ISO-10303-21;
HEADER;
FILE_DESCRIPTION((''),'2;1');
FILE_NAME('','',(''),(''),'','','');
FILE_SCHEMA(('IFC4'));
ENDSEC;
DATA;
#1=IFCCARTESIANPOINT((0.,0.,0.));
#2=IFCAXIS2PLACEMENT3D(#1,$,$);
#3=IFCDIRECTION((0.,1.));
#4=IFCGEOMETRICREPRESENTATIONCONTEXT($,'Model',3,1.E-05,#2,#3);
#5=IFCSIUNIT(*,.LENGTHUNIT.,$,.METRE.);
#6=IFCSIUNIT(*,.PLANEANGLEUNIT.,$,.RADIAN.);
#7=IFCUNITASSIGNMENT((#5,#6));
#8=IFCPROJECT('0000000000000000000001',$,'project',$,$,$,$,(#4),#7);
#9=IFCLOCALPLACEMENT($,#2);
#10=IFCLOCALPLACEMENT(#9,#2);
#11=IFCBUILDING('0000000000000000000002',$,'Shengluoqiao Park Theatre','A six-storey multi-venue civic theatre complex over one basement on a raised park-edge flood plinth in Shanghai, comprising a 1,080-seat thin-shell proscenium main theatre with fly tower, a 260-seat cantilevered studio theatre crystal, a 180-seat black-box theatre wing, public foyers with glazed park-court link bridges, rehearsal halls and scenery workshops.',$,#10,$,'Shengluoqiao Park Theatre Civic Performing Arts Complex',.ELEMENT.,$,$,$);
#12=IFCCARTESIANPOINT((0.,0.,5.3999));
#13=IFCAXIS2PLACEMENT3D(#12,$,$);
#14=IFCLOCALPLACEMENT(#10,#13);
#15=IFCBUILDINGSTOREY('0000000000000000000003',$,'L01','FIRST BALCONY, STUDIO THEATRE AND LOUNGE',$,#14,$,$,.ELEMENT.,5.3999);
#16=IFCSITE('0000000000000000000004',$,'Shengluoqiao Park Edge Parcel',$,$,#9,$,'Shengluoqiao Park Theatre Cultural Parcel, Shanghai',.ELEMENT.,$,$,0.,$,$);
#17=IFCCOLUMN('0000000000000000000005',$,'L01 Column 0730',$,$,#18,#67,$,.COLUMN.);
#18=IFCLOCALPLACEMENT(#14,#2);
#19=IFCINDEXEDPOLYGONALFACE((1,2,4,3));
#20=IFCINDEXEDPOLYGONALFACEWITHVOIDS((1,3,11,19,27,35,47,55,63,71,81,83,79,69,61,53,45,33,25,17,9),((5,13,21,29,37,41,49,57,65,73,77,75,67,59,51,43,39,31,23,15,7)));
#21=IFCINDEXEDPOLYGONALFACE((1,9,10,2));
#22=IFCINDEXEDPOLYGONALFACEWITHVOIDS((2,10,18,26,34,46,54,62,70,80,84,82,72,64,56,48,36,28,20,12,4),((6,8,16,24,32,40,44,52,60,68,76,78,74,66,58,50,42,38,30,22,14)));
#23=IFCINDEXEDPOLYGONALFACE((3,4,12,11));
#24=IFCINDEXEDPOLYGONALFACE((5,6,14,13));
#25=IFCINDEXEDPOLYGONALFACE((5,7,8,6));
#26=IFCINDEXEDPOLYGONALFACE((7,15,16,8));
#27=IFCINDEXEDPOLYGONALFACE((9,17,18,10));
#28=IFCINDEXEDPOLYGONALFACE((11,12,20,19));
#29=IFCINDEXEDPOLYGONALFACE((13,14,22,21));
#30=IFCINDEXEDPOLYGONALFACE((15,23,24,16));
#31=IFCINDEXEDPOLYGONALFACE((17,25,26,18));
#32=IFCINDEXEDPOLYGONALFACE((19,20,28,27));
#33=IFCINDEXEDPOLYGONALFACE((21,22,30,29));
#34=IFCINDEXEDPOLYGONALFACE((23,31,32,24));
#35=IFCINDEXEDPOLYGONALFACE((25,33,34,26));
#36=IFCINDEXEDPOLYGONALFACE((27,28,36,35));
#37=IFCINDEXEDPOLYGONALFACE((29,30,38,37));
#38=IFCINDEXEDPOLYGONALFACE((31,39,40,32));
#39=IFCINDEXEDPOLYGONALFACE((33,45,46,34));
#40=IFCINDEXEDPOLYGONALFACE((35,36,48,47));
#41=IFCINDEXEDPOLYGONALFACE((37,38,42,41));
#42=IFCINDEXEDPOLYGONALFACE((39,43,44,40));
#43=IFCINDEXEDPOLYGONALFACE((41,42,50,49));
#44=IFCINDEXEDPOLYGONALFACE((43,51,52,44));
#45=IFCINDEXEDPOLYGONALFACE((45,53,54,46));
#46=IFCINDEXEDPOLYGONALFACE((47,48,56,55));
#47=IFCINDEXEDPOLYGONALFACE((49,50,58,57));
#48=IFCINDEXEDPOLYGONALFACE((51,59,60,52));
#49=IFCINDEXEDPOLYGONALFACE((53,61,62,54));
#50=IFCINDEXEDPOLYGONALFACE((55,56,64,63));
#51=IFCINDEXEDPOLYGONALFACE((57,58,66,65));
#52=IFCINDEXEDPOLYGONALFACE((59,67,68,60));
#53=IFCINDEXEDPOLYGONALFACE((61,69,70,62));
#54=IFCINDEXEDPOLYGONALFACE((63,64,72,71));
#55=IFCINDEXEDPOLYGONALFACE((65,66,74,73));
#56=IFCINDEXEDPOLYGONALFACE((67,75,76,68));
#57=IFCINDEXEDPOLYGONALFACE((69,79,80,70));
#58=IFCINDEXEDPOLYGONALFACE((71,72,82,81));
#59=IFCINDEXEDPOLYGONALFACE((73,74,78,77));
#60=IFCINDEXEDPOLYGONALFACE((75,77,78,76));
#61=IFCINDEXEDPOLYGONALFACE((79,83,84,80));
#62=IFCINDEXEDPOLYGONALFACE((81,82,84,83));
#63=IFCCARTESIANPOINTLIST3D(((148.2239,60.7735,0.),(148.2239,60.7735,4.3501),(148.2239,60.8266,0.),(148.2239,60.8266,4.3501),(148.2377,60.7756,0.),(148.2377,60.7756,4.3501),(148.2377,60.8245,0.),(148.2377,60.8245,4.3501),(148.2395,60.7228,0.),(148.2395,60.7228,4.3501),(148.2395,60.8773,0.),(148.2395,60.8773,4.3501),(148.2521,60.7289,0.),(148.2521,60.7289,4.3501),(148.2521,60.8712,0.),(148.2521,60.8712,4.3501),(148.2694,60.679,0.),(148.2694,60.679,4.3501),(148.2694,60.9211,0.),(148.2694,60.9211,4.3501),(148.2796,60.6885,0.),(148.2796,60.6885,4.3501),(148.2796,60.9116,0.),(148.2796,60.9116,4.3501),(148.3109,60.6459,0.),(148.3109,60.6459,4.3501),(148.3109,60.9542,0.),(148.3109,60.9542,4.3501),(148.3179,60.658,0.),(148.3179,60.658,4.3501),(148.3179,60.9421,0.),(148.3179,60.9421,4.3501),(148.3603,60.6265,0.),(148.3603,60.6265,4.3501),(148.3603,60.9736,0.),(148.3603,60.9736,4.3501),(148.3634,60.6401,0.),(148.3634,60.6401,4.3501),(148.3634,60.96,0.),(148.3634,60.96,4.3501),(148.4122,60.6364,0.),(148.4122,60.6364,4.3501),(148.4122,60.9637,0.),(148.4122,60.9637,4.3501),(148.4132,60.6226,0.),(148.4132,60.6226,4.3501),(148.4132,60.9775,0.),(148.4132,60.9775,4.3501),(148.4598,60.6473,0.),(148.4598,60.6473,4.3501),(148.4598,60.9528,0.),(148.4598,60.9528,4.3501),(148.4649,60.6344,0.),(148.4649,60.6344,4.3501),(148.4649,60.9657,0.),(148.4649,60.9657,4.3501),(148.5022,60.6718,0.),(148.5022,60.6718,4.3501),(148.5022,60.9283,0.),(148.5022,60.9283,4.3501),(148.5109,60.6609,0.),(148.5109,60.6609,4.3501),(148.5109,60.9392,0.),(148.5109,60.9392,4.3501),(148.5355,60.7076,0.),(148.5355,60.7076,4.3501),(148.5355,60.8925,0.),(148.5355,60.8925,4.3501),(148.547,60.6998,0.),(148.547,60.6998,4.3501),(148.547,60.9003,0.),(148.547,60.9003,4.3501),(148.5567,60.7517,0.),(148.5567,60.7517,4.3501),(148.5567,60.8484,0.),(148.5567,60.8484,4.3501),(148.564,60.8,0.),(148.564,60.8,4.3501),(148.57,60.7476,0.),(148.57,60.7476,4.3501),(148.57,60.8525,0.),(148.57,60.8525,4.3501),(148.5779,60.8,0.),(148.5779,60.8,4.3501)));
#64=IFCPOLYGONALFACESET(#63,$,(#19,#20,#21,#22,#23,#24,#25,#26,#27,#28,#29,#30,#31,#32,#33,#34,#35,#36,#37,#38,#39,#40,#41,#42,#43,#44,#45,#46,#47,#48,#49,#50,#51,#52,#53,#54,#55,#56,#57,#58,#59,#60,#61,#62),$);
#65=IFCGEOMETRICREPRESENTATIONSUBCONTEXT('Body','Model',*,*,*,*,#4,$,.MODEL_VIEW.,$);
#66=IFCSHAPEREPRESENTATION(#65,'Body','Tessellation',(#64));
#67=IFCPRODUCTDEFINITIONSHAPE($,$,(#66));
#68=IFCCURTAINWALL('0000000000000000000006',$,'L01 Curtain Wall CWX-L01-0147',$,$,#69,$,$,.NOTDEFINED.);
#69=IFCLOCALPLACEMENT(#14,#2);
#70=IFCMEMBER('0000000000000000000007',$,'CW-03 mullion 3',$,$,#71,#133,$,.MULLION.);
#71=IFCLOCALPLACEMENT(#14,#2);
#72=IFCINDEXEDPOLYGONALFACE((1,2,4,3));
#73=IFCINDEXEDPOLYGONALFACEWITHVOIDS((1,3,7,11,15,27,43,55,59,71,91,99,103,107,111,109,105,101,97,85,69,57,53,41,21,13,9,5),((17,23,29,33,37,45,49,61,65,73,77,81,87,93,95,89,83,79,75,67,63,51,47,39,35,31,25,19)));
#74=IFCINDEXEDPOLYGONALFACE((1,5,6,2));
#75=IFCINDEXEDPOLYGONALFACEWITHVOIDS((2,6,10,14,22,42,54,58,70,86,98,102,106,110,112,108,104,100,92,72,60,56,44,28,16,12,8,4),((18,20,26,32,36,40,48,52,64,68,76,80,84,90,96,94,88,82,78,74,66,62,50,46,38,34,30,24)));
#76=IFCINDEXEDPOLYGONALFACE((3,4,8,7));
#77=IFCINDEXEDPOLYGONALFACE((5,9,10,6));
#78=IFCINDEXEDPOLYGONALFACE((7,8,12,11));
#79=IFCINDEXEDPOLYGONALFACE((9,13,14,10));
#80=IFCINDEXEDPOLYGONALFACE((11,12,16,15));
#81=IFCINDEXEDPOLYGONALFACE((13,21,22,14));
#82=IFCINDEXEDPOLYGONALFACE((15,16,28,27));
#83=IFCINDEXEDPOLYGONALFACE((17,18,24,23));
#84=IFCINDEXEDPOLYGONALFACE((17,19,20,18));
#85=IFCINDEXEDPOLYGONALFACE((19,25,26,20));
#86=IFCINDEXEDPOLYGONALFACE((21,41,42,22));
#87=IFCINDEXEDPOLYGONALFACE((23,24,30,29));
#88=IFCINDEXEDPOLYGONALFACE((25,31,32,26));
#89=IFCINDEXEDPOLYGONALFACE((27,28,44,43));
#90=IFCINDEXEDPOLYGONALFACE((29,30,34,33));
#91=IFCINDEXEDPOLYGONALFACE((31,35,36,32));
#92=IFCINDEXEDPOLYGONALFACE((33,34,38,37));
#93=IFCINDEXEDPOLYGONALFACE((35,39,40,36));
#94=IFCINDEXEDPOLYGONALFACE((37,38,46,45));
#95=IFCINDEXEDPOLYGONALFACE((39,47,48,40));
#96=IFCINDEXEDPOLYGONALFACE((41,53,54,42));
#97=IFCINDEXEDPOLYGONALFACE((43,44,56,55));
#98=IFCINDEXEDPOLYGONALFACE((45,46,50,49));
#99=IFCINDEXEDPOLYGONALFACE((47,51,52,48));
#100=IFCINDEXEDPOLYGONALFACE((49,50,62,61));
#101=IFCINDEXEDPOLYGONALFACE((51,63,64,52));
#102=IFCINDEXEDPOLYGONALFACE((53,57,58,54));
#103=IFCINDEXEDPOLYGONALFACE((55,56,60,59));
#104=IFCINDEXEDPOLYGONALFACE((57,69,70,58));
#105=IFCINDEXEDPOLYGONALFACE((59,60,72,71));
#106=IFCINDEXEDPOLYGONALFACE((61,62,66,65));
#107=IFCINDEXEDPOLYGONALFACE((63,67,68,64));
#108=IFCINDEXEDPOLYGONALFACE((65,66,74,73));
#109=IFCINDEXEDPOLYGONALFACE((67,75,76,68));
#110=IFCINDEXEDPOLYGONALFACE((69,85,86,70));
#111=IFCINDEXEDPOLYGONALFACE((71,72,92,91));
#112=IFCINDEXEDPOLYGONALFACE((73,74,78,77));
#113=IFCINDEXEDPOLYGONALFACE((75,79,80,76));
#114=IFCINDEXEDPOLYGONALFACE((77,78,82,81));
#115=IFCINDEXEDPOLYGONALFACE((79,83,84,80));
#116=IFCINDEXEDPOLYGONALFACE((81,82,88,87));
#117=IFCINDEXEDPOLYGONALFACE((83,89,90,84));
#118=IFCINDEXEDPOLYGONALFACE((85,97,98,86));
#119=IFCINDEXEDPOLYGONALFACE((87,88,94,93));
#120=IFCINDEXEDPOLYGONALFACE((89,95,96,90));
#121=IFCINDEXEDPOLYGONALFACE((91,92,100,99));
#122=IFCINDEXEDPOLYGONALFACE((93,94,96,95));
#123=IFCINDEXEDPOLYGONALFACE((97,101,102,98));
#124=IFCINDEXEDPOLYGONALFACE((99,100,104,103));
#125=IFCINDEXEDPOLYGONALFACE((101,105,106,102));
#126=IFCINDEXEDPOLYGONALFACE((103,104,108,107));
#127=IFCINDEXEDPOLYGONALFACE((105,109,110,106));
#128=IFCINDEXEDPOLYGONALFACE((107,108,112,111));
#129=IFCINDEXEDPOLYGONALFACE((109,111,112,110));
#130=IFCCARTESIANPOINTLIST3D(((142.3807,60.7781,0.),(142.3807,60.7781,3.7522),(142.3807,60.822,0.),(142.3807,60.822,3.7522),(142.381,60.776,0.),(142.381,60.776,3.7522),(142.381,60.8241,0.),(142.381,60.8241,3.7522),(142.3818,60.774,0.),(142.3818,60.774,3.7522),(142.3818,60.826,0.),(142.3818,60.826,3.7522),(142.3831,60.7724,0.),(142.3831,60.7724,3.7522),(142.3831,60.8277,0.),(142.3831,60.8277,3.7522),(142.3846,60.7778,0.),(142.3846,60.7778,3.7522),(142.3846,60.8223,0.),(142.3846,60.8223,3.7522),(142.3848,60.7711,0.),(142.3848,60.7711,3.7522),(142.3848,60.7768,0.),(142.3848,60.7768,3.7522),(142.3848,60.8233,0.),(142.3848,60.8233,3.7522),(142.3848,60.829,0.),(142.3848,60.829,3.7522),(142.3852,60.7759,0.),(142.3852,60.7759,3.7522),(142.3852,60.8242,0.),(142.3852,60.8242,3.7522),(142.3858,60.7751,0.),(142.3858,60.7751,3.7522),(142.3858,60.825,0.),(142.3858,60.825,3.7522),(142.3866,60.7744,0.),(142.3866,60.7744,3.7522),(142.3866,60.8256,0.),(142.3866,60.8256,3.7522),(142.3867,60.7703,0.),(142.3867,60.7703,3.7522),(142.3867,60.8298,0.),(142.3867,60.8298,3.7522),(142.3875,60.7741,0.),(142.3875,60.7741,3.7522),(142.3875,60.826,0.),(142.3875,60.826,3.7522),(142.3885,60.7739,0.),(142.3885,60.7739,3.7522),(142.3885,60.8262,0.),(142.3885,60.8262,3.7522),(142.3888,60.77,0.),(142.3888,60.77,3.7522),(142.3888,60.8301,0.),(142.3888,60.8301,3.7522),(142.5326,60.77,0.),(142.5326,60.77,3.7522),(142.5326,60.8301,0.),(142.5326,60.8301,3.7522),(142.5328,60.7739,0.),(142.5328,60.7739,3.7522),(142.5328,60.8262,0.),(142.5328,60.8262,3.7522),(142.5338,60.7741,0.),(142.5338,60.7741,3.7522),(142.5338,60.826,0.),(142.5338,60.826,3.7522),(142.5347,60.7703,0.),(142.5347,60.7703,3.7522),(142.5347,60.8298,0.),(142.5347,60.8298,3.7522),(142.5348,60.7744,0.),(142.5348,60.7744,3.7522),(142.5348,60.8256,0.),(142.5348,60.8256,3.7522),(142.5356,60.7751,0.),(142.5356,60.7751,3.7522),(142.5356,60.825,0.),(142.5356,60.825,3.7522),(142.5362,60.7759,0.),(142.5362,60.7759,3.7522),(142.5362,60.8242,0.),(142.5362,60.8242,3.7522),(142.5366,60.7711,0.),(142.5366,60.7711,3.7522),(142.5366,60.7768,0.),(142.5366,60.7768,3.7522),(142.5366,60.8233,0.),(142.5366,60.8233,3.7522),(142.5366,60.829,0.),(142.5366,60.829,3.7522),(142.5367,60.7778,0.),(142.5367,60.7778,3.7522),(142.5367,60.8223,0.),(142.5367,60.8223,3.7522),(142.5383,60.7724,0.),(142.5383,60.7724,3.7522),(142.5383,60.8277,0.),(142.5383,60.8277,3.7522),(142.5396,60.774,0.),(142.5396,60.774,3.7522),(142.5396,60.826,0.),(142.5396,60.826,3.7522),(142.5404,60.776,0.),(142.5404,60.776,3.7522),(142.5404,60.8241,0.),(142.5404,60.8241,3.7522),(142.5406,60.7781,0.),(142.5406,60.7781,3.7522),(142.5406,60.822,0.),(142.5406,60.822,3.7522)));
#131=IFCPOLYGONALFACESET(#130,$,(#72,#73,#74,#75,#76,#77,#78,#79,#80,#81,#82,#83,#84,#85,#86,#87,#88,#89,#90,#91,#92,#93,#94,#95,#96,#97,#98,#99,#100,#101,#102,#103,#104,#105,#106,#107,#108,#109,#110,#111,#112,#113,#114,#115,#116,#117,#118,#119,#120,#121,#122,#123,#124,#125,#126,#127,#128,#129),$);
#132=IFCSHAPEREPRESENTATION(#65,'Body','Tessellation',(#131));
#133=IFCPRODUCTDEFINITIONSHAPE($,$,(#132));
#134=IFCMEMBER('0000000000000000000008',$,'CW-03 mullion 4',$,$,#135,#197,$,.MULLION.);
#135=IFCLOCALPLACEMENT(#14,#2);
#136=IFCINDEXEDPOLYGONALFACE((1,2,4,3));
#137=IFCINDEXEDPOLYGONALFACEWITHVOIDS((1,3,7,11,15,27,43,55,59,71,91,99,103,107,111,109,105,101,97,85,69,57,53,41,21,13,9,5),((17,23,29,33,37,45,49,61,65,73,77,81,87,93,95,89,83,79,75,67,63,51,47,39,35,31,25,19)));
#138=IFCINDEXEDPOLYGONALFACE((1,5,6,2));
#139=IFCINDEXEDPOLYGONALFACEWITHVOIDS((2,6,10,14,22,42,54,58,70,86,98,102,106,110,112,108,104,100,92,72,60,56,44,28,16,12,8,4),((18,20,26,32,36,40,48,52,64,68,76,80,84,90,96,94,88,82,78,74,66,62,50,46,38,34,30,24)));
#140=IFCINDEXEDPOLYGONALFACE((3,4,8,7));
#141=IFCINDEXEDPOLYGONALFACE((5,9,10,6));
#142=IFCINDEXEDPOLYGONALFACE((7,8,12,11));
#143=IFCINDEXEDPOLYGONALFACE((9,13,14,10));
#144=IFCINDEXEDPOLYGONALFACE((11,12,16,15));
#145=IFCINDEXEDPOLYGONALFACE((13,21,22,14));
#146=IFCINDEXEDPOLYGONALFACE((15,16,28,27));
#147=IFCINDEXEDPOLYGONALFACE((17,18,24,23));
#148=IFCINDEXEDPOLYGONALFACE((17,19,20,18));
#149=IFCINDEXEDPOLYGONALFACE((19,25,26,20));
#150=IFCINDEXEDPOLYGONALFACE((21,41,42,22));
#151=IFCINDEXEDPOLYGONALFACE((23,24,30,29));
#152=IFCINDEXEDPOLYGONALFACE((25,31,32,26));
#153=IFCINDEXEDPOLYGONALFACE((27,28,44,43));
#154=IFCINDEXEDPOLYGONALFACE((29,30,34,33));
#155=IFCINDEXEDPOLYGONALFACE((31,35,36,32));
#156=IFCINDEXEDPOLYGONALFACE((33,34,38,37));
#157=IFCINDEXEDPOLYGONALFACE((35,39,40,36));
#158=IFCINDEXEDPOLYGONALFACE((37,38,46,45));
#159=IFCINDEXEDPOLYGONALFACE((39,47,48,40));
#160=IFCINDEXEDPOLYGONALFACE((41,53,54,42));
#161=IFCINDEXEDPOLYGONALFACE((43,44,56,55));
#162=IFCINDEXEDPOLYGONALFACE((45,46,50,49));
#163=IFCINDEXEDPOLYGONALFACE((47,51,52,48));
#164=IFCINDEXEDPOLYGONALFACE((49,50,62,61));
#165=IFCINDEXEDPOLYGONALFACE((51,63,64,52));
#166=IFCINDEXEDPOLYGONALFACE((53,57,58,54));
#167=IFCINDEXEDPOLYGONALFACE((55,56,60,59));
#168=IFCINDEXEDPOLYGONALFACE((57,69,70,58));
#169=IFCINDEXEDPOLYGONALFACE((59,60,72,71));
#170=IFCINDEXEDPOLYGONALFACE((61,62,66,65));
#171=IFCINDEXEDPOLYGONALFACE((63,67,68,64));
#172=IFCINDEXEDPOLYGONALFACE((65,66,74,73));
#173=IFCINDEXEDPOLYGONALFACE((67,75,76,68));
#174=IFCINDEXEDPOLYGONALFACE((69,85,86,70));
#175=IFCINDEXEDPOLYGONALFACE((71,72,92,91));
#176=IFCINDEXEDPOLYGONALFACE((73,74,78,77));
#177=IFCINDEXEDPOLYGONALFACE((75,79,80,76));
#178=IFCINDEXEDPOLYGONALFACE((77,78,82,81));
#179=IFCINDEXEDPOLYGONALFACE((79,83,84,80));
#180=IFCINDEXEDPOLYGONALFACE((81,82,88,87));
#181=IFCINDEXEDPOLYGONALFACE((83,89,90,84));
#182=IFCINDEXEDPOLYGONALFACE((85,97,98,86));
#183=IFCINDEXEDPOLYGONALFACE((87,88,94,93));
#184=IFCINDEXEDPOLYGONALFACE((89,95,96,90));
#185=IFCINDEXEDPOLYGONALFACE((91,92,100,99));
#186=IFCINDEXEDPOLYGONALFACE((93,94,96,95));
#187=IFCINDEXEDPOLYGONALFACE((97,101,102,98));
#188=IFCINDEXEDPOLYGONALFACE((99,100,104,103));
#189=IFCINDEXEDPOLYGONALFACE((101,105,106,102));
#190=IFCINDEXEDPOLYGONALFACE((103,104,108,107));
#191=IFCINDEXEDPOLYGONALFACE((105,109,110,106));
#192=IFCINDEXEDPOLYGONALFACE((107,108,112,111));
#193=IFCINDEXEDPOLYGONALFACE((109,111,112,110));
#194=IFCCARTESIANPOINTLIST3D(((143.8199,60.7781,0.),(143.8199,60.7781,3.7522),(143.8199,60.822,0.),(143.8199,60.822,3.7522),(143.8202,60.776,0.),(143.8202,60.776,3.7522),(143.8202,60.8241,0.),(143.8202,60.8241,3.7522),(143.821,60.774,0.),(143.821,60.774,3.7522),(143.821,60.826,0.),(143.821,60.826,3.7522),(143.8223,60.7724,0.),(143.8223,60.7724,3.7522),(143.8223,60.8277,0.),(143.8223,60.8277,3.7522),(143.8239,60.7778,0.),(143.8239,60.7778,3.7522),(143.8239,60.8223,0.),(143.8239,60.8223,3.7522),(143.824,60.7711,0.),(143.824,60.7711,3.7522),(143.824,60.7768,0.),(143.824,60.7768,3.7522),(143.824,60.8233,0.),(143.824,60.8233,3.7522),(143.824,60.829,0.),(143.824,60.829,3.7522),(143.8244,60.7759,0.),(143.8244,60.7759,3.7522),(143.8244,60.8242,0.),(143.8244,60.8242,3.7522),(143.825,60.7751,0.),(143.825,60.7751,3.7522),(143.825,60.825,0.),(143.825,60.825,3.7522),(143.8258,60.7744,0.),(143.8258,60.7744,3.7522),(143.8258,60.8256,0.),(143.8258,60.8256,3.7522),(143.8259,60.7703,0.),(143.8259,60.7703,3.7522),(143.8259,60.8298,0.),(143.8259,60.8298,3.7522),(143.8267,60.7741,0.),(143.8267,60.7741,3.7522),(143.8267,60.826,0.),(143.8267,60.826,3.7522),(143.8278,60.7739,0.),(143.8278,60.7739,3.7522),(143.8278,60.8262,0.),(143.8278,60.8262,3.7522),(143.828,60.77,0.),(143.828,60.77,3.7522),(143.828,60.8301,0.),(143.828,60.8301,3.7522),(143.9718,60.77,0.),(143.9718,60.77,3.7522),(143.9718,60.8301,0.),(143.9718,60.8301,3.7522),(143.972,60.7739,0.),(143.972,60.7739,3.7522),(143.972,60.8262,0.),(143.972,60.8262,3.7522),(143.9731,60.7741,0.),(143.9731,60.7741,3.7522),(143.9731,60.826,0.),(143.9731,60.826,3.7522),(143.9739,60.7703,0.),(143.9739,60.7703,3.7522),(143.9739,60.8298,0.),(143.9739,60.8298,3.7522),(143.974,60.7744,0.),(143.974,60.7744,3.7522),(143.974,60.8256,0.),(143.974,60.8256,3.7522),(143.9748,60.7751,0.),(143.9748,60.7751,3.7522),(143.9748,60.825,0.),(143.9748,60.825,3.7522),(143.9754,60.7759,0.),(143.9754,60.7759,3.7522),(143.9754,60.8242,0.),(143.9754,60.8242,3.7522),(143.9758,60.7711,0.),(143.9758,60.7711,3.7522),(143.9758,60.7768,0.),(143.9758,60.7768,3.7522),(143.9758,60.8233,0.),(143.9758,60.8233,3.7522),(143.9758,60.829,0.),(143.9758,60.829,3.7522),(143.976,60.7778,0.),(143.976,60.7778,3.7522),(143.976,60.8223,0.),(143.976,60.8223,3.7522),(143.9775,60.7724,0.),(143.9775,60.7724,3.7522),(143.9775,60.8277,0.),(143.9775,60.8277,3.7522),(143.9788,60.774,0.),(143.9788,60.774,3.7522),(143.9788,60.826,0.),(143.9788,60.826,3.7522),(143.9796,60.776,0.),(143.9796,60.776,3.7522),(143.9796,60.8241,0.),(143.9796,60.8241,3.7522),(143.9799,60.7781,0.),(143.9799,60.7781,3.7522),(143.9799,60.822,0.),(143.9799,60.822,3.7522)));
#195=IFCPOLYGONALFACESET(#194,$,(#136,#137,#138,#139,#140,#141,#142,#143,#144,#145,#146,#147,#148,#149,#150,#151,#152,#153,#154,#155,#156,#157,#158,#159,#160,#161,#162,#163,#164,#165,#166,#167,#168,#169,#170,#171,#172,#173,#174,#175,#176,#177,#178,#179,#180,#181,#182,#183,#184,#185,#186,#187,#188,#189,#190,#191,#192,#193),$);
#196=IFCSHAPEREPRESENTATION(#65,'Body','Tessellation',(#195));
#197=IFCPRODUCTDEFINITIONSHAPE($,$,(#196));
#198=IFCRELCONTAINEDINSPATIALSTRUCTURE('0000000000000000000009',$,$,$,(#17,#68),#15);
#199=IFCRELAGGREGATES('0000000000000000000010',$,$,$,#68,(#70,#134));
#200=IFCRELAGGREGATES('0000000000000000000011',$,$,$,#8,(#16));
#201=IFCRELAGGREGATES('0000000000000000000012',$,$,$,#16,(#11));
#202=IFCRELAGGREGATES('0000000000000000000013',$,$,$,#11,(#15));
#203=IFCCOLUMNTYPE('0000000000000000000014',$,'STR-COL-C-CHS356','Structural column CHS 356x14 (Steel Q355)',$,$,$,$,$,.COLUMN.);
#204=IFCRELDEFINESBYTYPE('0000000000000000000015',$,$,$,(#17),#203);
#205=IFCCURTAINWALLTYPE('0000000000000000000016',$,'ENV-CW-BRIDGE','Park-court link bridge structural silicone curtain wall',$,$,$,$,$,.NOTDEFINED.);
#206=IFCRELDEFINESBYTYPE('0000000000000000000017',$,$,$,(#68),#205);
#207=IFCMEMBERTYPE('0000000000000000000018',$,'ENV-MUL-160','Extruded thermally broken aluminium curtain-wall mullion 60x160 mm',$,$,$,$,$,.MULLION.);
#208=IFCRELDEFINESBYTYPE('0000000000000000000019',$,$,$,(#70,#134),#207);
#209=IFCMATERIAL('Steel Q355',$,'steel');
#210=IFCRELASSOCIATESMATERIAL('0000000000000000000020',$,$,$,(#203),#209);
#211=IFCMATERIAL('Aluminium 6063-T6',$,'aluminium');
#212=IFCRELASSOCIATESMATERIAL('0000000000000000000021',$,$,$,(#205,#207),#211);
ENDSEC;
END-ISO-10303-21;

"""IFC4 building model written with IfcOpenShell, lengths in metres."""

from ifc_helpers import new_model, si_unit, direction, frame, origin, origin_2d, place, context, subcontext, project, spatial, hollow_rectangle, hollow_circle, extrude, material, material_profile, profile_set, type_object, element, aggregate, save


model = new_model("IFC4")

# Units and contexts
model_context = context("Model", 3, precision=1e-05, world=origin(), true_north=direction((0.0, 1.0)))
body_context = subcontext(model_context, "Body", "Model", "MODEL_VIEW")
ifc_project = project(units=[si_unit("LENGTHUNIT", "METRE"), si_unit("PLANEANGLEUNIT", "RADIAN")], contexts=[model_context])

# Site, building, storey
site_placement = place(None, origin())
site = spatial("IfcSite", under=ifc_project, at=site_placement, Name="Shengluoqiao Park Edge Parcel", LongName="Shengluoqiao Park Theatre Cultural Parcel, Shanghai", CompositionType="ELEMENT", RefElevation=0.0)
building_placement = place(site_placement, origin())
building = spatial("IfcBuilding", under=site, at=building_placement, Name="Shengluoqiao Park Theatre", Description="A six-storey multi-venue civic theatre complex over one basement on a raised park-edge flood plinth in Shanghai, comprising a 1,080-seat thin-shell proscenium main theatre with fly tower, a 260-seat cantilevered studio theatre crystal, a 180-seat black-box theatre wing, public foyers with glazed park-court link bridges, rehearsal halls and scenery workshops.", LongName="Shengluoqiao Park Theatre Civic Performing Arts Complex", CompositionType="ELEMENT")
storey_placement = place(building_placement, frame((0.0, 0.0, 5.3999)))
storey = spatial("IfcBuildingStorey", under=building, at=storey_placement, Name="L01", Description="FIRST BALCONY, STUDIO THEATRE AND LOUNGE", CompositionType="ELEMENT", Elevation=5.3999)

# Column
ifc_material_1 = material(Name="Steel Q355", Category="steel")
ifc_material_profile_1 = material_profile(ifc_material_1, hollow_circle(Radius=0.178, WallThickness=0.0139, at=origin_2d()), Name="CHS 356x14")
ifc_profile_set_1 = profile_set([ifc_material_profile_1], Name="Steel Q355")
column_type = type_object("IfcColumnType", Name="STR-COL-C-CHS356", Description="Structural column CHS 356x14 (Steel Q355)", PredefinedType="COLUMN", material=ifc_profile_set_1)
column_placement = place(storey_placement, frame((148.3999, 60.8, 0.0), z_axis=(0.0, 0.0, 1.0), x_axis=(1.0, 0.0, 0.0)))
element("IfcColumn", 1, at=column_placement, inside=storey, type_object=column_type, Name="L01 Column 0730", PredefinedType="COLUMN", context=body_context, shape_type="SweptSolid", body=[
    extrude(hollow_circle(Radius=0.178, WallThickness=0.0139, at=origin_2d()), origin(), (0.0, 0.0, 1.0), 4.3501),
])

# Curtain wall, members
ifc_material_2 = material(Name="Aluminium 6063-T6", Category="aluminium")
curtain_wall_type = type_object("IfcCurtainWallType", Name="ENV-CW-BRIDGE", Description="Park-court link bridge structural silicone curtain wall", PredefinedType="NOTDEFINED", material=ifc_material_2)
curtain_wall_1_placement = place(storey_placement, origin())
curtain_wall_1 = element("IfcCurtainWall", 2, at=curtain_wall_1_placement, inside=storey, type_object=curtain_wall_type, Name="L01 Curtain Wall CWX-L01-0147", PredefinedType="NOTDEFINED")
ifc_material_profile_2 = material_profile(ifc_material_2, hollow_rectangle(XDim=0.0601, YDim=0.1599, WallThickness=0.0039, InnerFilletRadius=0.0039, OuterFilletRadius=0.0081, at=origin_2d()), Name="ALU MULLION 160x60x4")
ifc_profile_set_2 = profile_set([ifc_material_profile_2], Name="Aluminium 6063-T6")
member_type_1 = type_object("IfcMemberType", Name="ENV-MUL-160", Description="Extruded thermally broken aluminium curtain-wall mullion 60x160 mm", PredefinedType="MULLION", material=ifc_profile_set_2)
member_1_placement = place(storey_placement, frame((142.4607, 60.8, 0.0), z_axis=(0.0, 0.0, 1.0), x_axis=(0.0, 1.0, 0.0)))
member_1 = element("IfcMember", 3, at=member_1_placement, type_object=member_type_1, Name="CW-03 mullion 3", PredefinedType="MULLION", context=body_context, shape_type="SweptSolid", body=[
    extrude(hollow_rectangle(XDim=0.0601, YDim=0.1599, WallThickness=0.0039, InnerFilletRadius=0.0039, OuterFilletRadius=0.0081, at=origin_2d()), origin(), (0.0, 0.0, 1.0), 3.7522),
])
member_2_placement = place(storey_placement, frame((143.8999, 60.8, 0.0), z_axis=(0.0, 0.0, 1.0), x_axis=(0.0, 1.0, 0.0)))
member_2 = element("IfcMember", 4, at=member_2_placement, type_object=member_type_1, Name="CW-03 mullion 4", PredefinedType="MULLION", context=body_context, shape_type="SweptSolid", body=[
    extrude(hollow_rectangle(XDim=0.0601, YDim=0.1599, WallThickness=0.0039, InnerFilletRadius=0.0039, OuterFilletRadius=0.0081, at=origin_2d()), origin(), (0.0, 0.0, 1.0), 3.7522),
])

aggregate(curtain_wall_1, [member_1, member_2])

save(model, "model.ifc")
